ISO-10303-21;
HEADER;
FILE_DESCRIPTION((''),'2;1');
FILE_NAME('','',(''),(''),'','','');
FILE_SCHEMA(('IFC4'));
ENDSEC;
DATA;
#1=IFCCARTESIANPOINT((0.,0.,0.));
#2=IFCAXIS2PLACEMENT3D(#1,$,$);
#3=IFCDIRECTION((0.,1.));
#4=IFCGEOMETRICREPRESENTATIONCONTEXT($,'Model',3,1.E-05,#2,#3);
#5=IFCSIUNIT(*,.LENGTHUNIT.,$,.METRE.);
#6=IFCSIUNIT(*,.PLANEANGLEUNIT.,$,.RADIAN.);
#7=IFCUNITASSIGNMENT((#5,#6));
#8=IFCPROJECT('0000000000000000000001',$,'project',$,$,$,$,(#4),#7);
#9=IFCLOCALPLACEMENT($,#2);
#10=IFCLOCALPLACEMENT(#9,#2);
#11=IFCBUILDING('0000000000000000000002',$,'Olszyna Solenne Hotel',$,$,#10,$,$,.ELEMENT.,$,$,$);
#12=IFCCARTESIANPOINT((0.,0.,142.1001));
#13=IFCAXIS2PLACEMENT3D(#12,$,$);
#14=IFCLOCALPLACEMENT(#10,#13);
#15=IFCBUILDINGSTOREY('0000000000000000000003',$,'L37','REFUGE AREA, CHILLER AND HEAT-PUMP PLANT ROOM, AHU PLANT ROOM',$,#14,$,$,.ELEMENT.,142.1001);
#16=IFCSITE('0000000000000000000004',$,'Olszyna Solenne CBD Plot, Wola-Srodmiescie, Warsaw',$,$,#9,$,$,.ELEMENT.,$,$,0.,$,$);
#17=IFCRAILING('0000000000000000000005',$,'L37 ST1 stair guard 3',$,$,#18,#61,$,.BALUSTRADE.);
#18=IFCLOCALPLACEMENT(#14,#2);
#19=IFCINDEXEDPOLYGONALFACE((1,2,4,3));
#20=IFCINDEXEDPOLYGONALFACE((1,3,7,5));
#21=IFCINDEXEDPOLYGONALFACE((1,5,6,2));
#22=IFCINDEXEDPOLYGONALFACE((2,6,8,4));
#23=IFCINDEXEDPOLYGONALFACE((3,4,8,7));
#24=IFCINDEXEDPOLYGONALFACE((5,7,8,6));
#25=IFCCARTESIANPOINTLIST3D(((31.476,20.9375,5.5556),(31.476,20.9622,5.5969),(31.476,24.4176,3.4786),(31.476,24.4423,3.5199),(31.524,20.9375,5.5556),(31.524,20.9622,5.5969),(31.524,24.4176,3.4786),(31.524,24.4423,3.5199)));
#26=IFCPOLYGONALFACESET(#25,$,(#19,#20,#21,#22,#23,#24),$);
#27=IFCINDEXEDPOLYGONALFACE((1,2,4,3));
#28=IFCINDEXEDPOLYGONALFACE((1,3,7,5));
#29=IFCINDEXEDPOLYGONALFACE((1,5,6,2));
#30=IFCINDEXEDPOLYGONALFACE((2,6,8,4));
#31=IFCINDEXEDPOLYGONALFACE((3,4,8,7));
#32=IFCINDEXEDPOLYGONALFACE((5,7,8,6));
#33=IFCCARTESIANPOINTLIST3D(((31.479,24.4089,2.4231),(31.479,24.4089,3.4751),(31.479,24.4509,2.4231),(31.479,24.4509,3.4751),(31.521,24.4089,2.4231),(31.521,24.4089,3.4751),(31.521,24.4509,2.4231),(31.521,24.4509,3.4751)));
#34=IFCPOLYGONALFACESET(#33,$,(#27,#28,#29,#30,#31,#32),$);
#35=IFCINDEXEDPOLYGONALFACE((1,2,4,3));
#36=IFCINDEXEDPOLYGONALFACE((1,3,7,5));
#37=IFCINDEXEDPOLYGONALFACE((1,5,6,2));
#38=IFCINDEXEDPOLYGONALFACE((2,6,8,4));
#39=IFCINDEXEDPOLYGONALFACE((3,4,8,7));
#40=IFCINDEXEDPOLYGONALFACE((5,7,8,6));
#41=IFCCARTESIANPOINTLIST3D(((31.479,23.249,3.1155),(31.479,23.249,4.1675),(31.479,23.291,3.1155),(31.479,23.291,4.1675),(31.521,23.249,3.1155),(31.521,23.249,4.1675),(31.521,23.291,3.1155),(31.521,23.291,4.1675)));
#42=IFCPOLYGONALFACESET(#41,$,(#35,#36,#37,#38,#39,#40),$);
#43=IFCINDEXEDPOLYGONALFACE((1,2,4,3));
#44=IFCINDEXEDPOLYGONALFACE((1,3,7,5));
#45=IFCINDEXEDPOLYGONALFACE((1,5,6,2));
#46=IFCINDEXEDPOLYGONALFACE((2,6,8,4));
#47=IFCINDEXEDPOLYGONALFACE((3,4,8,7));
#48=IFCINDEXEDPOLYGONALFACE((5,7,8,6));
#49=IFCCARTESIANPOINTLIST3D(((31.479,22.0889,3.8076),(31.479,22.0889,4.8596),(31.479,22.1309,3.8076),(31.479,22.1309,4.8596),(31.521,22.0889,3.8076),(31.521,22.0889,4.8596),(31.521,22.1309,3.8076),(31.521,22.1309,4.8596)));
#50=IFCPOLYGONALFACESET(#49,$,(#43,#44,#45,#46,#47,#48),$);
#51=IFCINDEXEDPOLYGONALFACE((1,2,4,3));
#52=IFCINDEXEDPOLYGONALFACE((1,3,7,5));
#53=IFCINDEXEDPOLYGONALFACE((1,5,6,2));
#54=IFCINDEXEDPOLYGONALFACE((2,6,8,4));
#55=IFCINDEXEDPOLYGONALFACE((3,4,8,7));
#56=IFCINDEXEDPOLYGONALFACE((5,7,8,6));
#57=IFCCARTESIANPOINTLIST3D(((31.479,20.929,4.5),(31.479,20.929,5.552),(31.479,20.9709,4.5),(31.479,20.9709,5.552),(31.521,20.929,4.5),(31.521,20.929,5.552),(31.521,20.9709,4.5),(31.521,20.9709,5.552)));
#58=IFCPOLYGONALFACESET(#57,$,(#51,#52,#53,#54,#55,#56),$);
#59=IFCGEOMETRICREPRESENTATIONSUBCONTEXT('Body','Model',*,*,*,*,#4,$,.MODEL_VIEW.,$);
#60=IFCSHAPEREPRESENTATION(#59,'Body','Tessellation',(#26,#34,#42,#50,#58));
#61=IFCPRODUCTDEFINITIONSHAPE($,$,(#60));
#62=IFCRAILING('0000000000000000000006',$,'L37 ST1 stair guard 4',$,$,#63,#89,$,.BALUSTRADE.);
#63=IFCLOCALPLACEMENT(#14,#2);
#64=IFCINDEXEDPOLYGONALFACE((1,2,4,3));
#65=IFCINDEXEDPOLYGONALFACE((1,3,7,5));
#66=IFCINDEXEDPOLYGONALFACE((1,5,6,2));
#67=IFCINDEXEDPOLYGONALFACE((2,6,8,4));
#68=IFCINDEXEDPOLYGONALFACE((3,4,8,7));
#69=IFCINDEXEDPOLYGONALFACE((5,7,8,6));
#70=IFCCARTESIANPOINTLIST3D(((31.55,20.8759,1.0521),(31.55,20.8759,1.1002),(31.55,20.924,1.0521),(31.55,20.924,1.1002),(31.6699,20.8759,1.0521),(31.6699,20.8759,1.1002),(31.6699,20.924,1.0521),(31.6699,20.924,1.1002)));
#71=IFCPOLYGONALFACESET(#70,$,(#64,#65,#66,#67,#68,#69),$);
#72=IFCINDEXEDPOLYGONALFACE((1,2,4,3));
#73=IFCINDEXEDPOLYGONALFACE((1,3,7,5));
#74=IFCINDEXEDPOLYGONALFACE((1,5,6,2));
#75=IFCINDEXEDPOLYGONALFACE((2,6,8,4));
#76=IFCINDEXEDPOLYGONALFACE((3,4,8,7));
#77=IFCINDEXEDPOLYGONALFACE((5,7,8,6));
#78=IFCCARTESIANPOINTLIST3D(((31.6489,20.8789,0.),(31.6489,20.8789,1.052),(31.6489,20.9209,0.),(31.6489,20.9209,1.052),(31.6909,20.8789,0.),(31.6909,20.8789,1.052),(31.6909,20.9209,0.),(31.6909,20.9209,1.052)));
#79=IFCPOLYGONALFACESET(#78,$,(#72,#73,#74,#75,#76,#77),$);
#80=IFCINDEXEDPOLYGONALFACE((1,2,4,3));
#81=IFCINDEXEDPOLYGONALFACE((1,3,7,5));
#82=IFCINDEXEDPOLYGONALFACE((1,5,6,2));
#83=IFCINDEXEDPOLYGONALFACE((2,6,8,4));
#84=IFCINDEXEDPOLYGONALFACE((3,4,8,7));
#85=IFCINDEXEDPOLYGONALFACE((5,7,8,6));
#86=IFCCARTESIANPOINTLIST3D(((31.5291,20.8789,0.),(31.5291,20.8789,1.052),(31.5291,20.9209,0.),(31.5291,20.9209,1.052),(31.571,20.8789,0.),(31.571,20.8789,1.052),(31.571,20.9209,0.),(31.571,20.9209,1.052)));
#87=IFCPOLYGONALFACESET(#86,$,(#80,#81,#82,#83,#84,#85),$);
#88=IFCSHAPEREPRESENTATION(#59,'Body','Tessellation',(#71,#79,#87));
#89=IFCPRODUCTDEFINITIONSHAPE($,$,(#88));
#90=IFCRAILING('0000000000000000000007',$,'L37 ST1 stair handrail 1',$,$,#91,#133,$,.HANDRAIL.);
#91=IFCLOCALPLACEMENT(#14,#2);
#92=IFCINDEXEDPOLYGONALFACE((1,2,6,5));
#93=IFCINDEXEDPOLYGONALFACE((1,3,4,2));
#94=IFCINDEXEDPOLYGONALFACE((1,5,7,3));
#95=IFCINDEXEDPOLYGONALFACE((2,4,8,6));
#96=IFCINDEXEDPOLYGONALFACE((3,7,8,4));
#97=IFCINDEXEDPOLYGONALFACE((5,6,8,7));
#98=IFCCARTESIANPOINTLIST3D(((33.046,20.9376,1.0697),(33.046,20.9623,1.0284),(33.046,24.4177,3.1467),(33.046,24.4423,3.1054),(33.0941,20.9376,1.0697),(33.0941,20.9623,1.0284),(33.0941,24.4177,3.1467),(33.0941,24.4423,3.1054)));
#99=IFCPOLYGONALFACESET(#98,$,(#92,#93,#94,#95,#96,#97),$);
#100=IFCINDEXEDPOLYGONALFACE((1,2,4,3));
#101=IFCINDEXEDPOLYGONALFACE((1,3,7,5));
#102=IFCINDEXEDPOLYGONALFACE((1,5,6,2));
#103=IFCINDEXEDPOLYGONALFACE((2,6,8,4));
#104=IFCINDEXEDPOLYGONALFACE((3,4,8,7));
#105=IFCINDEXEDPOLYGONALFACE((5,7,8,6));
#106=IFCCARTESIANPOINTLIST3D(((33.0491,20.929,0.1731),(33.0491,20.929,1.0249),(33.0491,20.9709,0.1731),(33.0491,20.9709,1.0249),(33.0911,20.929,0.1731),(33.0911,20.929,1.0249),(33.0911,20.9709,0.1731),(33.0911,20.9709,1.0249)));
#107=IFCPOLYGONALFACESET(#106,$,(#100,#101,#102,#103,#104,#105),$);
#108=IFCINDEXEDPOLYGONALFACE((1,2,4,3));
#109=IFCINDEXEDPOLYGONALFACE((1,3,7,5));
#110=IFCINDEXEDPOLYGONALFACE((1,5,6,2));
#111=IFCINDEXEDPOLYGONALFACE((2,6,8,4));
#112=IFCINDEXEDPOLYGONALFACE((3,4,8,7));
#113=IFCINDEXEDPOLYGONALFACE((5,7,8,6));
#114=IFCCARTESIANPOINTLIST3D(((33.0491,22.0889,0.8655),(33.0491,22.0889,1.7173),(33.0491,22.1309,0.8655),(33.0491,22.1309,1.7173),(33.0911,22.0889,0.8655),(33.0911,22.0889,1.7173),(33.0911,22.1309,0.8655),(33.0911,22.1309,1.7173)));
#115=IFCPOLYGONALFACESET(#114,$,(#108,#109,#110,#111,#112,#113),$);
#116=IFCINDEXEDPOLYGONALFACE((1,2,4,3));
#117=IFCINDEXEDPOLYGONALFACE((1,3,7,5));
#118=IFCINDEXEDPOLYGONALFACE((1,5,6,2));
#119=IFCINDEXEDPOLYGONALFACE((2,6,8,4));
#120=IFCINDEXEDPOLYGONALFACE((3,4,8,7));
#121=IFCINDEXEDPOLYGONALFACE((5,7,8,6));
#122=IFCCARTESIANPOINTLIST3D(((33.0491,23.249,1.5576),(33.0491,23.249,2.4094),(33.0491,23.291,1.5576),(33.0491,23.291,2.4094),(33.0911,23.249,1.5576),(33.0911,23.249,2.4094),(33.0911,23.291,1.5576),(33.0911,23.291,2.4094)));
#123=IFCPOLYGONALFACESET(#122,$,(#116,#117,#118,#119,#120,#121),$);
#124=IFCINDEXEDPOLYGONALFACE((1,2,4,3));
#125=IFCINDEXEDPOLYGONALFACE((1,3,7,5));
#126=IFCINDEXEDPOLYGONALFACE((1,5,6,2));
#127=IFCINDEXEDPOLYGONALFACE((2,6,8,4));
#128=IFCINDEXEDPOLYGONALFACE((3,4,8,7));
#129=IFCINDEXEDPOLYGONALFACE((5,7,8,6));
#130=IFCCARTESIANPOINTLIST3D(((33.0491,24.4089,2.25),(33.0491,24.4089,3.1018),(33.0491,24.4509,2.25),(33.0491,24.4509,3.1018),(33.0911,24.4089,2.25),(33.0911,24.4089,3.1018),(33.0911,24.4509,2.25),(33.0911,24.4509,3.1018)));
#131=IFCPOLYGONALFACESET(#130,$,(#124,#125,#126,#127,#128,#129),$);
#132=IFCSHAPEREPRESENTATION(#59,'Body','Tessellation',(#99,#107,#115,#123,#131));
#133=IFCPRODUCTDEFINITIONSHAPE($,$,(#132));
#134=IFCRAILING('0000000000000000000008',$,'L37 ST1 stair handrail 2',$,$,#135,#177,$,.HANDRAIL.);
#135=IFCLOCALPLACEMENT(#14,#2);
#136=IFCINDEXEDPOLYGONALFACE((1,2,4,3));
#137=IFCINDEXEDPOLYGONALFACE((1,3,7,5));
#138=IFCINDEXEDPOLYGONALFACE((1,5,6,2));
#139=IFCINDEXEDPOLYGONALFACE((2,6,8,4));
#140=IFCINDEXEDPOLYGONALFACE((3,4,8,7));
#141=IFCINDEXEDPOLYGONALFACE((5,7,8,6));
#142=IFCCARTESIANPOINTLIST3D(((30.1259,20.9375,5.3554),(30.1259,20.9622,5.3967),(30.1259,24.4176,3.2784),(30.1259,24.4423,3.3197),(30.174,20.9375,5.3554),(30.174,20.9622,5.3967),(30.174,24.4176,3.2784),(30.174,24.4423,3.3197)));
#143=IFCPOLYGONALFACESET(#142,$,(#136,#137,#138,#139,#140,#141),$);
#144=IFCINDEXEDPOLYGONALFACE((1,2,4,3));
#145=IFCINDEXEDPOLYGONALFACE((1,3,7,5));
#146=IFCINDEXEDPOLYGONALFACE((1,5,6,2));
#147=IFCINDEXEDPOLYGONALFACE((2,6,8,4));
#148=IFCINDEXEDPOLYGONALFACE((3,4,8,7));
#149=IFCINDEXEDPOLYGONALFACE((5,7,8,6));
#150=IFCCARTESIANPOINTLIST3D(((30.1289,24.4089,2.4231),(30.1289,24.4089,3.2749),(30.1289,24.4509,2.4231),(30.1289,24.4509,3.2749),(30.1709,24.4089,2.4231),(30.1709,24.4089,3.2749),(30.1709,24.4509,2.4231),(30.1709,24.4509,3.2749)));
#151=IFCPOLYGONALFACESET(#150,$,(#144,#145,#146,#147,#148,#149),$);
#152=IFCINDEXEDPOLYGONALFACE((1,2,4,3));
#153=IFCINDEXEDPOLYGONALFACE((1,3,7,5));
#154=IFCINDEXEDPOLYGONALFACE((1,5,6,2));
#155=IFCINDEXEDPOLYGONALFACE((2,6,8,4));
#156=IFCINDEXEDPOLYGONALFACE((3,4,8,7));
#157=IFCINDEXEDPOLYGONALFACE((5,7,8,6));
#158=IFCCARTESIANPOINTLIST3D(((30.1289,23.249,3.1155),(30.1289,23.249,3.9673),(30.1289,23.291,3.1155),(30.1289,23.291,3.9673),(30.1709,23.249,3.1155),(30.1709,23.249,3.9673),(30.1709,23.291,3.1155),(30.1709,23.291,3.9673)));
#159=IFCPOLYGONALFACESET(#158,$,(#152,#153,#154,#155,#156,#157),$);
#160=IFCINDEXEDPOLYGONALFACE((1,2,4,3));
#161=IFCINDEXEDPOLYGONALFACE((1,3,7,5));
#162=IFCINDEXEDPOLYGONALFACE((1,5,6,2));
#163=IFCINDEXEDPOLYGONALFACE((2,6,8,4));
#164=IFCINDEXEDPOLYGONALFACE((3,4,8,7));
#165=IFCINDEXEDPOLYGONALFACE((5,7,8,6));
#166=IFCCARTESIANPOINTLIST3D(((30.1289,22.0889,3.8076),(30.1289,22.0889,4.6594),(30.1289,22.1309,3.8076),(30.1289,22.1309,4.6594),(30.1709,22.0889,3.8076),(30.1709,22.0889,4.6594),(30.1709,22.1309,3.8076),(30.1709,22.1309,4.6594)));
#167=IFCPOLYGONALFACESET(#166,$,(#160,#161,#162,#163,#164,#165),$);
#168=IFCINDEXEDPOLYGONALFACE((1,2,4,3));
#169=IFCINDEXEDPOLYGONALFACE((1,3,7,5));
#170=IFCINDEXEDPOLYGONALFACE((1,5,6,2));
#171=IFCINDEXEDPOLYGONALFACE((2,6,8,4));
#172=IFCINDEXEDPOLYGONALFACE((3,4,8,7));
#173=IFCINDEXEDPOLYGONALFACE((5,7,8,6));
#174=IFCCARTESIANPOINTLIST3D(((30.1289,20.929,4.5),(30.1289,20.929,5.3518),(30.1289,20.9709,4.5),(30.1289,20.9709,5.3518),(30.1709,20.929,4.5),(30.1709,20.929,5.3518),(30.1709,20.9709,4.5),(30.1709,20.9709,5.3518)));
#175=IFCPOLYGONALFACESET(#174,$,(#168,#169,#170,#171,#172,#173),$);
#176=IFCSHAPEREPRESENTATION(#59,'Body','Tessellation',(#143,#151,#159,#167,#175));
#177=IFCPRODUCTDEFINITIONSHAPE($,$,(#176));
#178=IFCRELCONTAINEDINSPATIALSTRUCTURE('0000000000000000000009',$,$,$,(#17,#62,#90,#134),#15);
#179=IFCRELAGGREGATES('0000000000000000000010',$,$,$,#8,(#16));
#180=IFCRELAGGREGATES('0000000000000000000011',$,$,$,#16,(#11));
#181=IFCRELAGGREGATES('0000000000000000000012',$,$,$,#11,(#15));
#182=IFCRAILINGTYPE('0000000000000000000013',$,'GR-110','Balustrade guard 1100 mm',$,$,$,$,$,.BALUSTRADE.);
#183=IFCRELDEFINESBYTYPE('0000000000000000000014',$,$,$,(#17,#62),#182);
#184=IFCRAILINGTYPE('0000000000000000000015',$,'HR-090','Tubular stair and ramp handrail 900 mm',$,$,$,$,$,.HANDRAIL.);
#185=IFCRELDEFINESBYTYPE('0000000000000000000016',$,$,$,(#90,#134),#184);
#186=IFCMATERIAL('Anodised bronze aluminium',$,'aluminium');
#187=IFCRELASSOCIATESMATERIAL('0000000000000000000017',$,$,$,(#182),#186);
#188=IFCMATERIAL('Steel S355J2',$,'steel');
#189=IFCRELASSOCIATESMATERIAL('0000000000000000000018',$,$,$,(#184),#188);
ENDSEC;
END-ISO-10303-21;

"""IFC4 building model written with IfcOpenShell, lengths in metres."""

from ifc_helpers import new_model, si_unit, direction, frame, origin, origin_2d, place, context, subcontext, project, spatial, rectangle, extrude, material, type_object, element, save


model = new_model("IFC4")

# Units and contexts
model_context = context("Model", 3, precision=1e-05, world=origin(), true_north=direction((0.0, 1.0)))
body_context = subcontext(model_context, "Body", "Model", "MODEL_VIEW")
ifc_project = project(units=[si_unit("LENGTHUNIT", "METRE"), si_unit("PLANEANGLEUNIT", "RADIAN")], contexts=[model_context])

# Site, building, storey
site_placement = place(None, origin())
site = spatial("IfcSite", under=ifc_project, at=site_placement, Name="Olszyna Solenne CBD Plot, Wola-Srodmiescie, Warsaw", CompositionType="ELEMENT", RefElevation=0.0)
building_placement = place(site_placement, origin())
building = spatial("IfcBuilding", under=site, at=building_placement, Name="Olszyna Solenne Hotel", CompositionType="ELEMENT")
storey_placement = place(building_placement, frame((0.0, 0.0, 142.1001)))
storey = spatial("IfcBuildingStorey", under=building, at=storey_placement, Name="L37", Description="REFUGE AREA, CHILLER AND HEAT-PUMP PLANT ROOM, AHU PLANT ROOM", CompositionType="ELEMENT", Elevation=142.1001)

# Shared definitions
ifc_material_1 = material(Name="Steel S355J2", Category="steel")

# Railings
ifc_material_2 = material(Name="Anodised bronze aluminium", Category="aluminium")
railing_type_1 = type_object("IfcRailingType", Name="GR-110", Description="Balustrade guard 1100 mm", PredefinedType="BALUSTRADE", material=ifc_material_2)
railing_1_placement = place(storey_placement, frame((31.5, 24.4299, 2.4231)))
element("IfcRailing", 1, at=railing_1_placement, inside=storey, type_object=railing_type_1, Name="L37 ST1 stair guard 3", PredefinedType="BALUSTRADE", context=body_context, shape_type="SweptSolid", body=[
    extrude(rectangle(XDim=0.0481, YDim=0.0481, at=origin_2d()), frame((0.0, 0.0, 1.0762), z_axis=(0.0, -0.858697, 0.512483), x_axis=(1.0, 0.0, 0.0)), (0.0, 0.0, 1.0), 4.0527),
    extrude(rectangle(XDim=0.042, YDim=0.042, at=origin_2d()), origin(), (0.0, 0.0, 1.0), 1.052),
    extrude(rectangle(XDim=0.042, YDim=0.042, at=origin_2d()), frame((0.0, -1.1599, 0.6924)), (0.0, 0.0, 1.0), 1.052),
    extrude(rectangle(XDim=0.042, YDim=0.042, at=origin_2d()), frame((0.0, -2.3201, 1.3845)), (0.0, 0.0, 1.0), 1.052),
    extrude(rectangle(XDim=0.042, YDim=0.042, at=origin_2d()), frame((0.0, -3.48, 2.0769)), (0.0, 0.0, 1.0), 1.052),
])
railing_2_placement = place(storey_placement, frame((31.6699, 20.8999, 0.0)))
element("IfcRailing", 2, at=railing_2_placement, inside=storey, type_object=railing_type_1, Name="L37 ST1 stair guard 4", PredefinedType="BALUSTRADE", context=body_context, shape_type="SweptSolid", body=[
    extrude(rectangle(XDim=0.0481, YDim=0.0481, at=origin_2d()), frame((0.0, 0.0, 1.0762), z_axis=(-1.0, 0.0, 0.0), x_axis=(0.0, -1.0, 0.0)), (0.0, 0.0, 1.0), 0.1199),
    extrude(rectangle(XDim=0.042, YDim=0.042, at=origin_2d()), origin(), (0.0, 0.0, 1.0), 1.052),
    extrude(rectangle(XDim=0.042, YDim=0.042, at=origin_2d()), frame((-0.1199, 0.0, 0.0)), (0.0, 0.0, 1.0), 1.052),
])
railing_type_2 = type_object("IfcRailingType", Name="HR-090", Description="Tubular stair and ramp handrail 900 mm", PredefinedType="HANDRAIL", material=ifc_material_1)
railing_3_placement = place(storey_placement, frame((33.0701, 20.95, 0.1731)))
element("IfcRailing", 3, at=railing_3_placement, inside=storey, type_object=railing_type_2, Name="L37 ST1 stair handrail 1", PredefinedType="HANDRAIL", context=body_context, shape_type="SweptSolid", body=[
    extrude(rectangle(XDim=0.0481, YDim=0.0481, at=origin_2d()), frame((0.0, 0.0, 0.876), z_axis=(0.0, 0.858697, 0.512483), x_axis=(-1.0, 0.0, 0.0)), (0.0, 0.0, 1.0), 4.0527),
    extrude(rectangle(XDim=0.042, YDim=0.042, at=origin_2d()), origin(), (0.0, 0.0, 1.0), 0.8518),
    extrude(rectangle(XDim=0.042, YDim=0.042, at=origin_2d()), frame((0.0, 1.1599, 0.6924)), (0.0, 0.0, 1.0), 0.8518),
    extrude(rectangle(XDim=0.042, YDim=0.042, at=origin_2d()), frame((0.0, 2.3201, 1.3845)), (0.0, 0.0, 1.0), 0.8518),
    extrude(rectangle(XDim=0.042, YDim=0.042, at=origin_2d()), frame((0.0, 3.48, 2.0769)), (0.0, 0.0, 1.0), 0.8518),
])
railing_4_placement = place(storey_placement, frame((30.1499, 24.4299, 2.4231)))
element("IfcRailing", 4, at=railing_4_placement, inside=storey, type_object=railing_type_2, Name="L37 ST1 stair handrail 2", PredefinedType="HANDRAIL", context=body_context, shape_type="SweptSolid", body=[
    extrude(rectangle(XDim=0.0481, YDim=0.0481, at=origin_2d()), frame((0.0, 0.0, 0.876), z_axis=(0.0, -0.858697, 0.512483), x_axis=(1.0, 0.0, 0.0)), (0.0, 0.0, 1.0), 4.0527),
    extrude(rectangle(XDim=0.042, YDim=0.042, at=origin_2d()), origin(), (0.0, 0.0, 1.0), 0.8518),
    extrude(rectangle(XDim=0.042, YDim=0.042, at=origin_2d()), frame((0.0, -1.1599, 0.6924)), (0.0, 0.0, 1.0), 0.8518),
    extrude(rectangle(XDim=0.042, YDim=0.042, at=origin_2d()), frame((0.0, -2.3201, 1.3845)), (0.0, 0.0, 1.0), 0.8518),
    extrude(rectangle(XDim=0.042, YDim=0.042, at=origin_2d()), frame((0.0, -3.48, 2.0769)), (0.0, 0.0, 1.0), 0.8518),
])

save(model, "model.ifc")
